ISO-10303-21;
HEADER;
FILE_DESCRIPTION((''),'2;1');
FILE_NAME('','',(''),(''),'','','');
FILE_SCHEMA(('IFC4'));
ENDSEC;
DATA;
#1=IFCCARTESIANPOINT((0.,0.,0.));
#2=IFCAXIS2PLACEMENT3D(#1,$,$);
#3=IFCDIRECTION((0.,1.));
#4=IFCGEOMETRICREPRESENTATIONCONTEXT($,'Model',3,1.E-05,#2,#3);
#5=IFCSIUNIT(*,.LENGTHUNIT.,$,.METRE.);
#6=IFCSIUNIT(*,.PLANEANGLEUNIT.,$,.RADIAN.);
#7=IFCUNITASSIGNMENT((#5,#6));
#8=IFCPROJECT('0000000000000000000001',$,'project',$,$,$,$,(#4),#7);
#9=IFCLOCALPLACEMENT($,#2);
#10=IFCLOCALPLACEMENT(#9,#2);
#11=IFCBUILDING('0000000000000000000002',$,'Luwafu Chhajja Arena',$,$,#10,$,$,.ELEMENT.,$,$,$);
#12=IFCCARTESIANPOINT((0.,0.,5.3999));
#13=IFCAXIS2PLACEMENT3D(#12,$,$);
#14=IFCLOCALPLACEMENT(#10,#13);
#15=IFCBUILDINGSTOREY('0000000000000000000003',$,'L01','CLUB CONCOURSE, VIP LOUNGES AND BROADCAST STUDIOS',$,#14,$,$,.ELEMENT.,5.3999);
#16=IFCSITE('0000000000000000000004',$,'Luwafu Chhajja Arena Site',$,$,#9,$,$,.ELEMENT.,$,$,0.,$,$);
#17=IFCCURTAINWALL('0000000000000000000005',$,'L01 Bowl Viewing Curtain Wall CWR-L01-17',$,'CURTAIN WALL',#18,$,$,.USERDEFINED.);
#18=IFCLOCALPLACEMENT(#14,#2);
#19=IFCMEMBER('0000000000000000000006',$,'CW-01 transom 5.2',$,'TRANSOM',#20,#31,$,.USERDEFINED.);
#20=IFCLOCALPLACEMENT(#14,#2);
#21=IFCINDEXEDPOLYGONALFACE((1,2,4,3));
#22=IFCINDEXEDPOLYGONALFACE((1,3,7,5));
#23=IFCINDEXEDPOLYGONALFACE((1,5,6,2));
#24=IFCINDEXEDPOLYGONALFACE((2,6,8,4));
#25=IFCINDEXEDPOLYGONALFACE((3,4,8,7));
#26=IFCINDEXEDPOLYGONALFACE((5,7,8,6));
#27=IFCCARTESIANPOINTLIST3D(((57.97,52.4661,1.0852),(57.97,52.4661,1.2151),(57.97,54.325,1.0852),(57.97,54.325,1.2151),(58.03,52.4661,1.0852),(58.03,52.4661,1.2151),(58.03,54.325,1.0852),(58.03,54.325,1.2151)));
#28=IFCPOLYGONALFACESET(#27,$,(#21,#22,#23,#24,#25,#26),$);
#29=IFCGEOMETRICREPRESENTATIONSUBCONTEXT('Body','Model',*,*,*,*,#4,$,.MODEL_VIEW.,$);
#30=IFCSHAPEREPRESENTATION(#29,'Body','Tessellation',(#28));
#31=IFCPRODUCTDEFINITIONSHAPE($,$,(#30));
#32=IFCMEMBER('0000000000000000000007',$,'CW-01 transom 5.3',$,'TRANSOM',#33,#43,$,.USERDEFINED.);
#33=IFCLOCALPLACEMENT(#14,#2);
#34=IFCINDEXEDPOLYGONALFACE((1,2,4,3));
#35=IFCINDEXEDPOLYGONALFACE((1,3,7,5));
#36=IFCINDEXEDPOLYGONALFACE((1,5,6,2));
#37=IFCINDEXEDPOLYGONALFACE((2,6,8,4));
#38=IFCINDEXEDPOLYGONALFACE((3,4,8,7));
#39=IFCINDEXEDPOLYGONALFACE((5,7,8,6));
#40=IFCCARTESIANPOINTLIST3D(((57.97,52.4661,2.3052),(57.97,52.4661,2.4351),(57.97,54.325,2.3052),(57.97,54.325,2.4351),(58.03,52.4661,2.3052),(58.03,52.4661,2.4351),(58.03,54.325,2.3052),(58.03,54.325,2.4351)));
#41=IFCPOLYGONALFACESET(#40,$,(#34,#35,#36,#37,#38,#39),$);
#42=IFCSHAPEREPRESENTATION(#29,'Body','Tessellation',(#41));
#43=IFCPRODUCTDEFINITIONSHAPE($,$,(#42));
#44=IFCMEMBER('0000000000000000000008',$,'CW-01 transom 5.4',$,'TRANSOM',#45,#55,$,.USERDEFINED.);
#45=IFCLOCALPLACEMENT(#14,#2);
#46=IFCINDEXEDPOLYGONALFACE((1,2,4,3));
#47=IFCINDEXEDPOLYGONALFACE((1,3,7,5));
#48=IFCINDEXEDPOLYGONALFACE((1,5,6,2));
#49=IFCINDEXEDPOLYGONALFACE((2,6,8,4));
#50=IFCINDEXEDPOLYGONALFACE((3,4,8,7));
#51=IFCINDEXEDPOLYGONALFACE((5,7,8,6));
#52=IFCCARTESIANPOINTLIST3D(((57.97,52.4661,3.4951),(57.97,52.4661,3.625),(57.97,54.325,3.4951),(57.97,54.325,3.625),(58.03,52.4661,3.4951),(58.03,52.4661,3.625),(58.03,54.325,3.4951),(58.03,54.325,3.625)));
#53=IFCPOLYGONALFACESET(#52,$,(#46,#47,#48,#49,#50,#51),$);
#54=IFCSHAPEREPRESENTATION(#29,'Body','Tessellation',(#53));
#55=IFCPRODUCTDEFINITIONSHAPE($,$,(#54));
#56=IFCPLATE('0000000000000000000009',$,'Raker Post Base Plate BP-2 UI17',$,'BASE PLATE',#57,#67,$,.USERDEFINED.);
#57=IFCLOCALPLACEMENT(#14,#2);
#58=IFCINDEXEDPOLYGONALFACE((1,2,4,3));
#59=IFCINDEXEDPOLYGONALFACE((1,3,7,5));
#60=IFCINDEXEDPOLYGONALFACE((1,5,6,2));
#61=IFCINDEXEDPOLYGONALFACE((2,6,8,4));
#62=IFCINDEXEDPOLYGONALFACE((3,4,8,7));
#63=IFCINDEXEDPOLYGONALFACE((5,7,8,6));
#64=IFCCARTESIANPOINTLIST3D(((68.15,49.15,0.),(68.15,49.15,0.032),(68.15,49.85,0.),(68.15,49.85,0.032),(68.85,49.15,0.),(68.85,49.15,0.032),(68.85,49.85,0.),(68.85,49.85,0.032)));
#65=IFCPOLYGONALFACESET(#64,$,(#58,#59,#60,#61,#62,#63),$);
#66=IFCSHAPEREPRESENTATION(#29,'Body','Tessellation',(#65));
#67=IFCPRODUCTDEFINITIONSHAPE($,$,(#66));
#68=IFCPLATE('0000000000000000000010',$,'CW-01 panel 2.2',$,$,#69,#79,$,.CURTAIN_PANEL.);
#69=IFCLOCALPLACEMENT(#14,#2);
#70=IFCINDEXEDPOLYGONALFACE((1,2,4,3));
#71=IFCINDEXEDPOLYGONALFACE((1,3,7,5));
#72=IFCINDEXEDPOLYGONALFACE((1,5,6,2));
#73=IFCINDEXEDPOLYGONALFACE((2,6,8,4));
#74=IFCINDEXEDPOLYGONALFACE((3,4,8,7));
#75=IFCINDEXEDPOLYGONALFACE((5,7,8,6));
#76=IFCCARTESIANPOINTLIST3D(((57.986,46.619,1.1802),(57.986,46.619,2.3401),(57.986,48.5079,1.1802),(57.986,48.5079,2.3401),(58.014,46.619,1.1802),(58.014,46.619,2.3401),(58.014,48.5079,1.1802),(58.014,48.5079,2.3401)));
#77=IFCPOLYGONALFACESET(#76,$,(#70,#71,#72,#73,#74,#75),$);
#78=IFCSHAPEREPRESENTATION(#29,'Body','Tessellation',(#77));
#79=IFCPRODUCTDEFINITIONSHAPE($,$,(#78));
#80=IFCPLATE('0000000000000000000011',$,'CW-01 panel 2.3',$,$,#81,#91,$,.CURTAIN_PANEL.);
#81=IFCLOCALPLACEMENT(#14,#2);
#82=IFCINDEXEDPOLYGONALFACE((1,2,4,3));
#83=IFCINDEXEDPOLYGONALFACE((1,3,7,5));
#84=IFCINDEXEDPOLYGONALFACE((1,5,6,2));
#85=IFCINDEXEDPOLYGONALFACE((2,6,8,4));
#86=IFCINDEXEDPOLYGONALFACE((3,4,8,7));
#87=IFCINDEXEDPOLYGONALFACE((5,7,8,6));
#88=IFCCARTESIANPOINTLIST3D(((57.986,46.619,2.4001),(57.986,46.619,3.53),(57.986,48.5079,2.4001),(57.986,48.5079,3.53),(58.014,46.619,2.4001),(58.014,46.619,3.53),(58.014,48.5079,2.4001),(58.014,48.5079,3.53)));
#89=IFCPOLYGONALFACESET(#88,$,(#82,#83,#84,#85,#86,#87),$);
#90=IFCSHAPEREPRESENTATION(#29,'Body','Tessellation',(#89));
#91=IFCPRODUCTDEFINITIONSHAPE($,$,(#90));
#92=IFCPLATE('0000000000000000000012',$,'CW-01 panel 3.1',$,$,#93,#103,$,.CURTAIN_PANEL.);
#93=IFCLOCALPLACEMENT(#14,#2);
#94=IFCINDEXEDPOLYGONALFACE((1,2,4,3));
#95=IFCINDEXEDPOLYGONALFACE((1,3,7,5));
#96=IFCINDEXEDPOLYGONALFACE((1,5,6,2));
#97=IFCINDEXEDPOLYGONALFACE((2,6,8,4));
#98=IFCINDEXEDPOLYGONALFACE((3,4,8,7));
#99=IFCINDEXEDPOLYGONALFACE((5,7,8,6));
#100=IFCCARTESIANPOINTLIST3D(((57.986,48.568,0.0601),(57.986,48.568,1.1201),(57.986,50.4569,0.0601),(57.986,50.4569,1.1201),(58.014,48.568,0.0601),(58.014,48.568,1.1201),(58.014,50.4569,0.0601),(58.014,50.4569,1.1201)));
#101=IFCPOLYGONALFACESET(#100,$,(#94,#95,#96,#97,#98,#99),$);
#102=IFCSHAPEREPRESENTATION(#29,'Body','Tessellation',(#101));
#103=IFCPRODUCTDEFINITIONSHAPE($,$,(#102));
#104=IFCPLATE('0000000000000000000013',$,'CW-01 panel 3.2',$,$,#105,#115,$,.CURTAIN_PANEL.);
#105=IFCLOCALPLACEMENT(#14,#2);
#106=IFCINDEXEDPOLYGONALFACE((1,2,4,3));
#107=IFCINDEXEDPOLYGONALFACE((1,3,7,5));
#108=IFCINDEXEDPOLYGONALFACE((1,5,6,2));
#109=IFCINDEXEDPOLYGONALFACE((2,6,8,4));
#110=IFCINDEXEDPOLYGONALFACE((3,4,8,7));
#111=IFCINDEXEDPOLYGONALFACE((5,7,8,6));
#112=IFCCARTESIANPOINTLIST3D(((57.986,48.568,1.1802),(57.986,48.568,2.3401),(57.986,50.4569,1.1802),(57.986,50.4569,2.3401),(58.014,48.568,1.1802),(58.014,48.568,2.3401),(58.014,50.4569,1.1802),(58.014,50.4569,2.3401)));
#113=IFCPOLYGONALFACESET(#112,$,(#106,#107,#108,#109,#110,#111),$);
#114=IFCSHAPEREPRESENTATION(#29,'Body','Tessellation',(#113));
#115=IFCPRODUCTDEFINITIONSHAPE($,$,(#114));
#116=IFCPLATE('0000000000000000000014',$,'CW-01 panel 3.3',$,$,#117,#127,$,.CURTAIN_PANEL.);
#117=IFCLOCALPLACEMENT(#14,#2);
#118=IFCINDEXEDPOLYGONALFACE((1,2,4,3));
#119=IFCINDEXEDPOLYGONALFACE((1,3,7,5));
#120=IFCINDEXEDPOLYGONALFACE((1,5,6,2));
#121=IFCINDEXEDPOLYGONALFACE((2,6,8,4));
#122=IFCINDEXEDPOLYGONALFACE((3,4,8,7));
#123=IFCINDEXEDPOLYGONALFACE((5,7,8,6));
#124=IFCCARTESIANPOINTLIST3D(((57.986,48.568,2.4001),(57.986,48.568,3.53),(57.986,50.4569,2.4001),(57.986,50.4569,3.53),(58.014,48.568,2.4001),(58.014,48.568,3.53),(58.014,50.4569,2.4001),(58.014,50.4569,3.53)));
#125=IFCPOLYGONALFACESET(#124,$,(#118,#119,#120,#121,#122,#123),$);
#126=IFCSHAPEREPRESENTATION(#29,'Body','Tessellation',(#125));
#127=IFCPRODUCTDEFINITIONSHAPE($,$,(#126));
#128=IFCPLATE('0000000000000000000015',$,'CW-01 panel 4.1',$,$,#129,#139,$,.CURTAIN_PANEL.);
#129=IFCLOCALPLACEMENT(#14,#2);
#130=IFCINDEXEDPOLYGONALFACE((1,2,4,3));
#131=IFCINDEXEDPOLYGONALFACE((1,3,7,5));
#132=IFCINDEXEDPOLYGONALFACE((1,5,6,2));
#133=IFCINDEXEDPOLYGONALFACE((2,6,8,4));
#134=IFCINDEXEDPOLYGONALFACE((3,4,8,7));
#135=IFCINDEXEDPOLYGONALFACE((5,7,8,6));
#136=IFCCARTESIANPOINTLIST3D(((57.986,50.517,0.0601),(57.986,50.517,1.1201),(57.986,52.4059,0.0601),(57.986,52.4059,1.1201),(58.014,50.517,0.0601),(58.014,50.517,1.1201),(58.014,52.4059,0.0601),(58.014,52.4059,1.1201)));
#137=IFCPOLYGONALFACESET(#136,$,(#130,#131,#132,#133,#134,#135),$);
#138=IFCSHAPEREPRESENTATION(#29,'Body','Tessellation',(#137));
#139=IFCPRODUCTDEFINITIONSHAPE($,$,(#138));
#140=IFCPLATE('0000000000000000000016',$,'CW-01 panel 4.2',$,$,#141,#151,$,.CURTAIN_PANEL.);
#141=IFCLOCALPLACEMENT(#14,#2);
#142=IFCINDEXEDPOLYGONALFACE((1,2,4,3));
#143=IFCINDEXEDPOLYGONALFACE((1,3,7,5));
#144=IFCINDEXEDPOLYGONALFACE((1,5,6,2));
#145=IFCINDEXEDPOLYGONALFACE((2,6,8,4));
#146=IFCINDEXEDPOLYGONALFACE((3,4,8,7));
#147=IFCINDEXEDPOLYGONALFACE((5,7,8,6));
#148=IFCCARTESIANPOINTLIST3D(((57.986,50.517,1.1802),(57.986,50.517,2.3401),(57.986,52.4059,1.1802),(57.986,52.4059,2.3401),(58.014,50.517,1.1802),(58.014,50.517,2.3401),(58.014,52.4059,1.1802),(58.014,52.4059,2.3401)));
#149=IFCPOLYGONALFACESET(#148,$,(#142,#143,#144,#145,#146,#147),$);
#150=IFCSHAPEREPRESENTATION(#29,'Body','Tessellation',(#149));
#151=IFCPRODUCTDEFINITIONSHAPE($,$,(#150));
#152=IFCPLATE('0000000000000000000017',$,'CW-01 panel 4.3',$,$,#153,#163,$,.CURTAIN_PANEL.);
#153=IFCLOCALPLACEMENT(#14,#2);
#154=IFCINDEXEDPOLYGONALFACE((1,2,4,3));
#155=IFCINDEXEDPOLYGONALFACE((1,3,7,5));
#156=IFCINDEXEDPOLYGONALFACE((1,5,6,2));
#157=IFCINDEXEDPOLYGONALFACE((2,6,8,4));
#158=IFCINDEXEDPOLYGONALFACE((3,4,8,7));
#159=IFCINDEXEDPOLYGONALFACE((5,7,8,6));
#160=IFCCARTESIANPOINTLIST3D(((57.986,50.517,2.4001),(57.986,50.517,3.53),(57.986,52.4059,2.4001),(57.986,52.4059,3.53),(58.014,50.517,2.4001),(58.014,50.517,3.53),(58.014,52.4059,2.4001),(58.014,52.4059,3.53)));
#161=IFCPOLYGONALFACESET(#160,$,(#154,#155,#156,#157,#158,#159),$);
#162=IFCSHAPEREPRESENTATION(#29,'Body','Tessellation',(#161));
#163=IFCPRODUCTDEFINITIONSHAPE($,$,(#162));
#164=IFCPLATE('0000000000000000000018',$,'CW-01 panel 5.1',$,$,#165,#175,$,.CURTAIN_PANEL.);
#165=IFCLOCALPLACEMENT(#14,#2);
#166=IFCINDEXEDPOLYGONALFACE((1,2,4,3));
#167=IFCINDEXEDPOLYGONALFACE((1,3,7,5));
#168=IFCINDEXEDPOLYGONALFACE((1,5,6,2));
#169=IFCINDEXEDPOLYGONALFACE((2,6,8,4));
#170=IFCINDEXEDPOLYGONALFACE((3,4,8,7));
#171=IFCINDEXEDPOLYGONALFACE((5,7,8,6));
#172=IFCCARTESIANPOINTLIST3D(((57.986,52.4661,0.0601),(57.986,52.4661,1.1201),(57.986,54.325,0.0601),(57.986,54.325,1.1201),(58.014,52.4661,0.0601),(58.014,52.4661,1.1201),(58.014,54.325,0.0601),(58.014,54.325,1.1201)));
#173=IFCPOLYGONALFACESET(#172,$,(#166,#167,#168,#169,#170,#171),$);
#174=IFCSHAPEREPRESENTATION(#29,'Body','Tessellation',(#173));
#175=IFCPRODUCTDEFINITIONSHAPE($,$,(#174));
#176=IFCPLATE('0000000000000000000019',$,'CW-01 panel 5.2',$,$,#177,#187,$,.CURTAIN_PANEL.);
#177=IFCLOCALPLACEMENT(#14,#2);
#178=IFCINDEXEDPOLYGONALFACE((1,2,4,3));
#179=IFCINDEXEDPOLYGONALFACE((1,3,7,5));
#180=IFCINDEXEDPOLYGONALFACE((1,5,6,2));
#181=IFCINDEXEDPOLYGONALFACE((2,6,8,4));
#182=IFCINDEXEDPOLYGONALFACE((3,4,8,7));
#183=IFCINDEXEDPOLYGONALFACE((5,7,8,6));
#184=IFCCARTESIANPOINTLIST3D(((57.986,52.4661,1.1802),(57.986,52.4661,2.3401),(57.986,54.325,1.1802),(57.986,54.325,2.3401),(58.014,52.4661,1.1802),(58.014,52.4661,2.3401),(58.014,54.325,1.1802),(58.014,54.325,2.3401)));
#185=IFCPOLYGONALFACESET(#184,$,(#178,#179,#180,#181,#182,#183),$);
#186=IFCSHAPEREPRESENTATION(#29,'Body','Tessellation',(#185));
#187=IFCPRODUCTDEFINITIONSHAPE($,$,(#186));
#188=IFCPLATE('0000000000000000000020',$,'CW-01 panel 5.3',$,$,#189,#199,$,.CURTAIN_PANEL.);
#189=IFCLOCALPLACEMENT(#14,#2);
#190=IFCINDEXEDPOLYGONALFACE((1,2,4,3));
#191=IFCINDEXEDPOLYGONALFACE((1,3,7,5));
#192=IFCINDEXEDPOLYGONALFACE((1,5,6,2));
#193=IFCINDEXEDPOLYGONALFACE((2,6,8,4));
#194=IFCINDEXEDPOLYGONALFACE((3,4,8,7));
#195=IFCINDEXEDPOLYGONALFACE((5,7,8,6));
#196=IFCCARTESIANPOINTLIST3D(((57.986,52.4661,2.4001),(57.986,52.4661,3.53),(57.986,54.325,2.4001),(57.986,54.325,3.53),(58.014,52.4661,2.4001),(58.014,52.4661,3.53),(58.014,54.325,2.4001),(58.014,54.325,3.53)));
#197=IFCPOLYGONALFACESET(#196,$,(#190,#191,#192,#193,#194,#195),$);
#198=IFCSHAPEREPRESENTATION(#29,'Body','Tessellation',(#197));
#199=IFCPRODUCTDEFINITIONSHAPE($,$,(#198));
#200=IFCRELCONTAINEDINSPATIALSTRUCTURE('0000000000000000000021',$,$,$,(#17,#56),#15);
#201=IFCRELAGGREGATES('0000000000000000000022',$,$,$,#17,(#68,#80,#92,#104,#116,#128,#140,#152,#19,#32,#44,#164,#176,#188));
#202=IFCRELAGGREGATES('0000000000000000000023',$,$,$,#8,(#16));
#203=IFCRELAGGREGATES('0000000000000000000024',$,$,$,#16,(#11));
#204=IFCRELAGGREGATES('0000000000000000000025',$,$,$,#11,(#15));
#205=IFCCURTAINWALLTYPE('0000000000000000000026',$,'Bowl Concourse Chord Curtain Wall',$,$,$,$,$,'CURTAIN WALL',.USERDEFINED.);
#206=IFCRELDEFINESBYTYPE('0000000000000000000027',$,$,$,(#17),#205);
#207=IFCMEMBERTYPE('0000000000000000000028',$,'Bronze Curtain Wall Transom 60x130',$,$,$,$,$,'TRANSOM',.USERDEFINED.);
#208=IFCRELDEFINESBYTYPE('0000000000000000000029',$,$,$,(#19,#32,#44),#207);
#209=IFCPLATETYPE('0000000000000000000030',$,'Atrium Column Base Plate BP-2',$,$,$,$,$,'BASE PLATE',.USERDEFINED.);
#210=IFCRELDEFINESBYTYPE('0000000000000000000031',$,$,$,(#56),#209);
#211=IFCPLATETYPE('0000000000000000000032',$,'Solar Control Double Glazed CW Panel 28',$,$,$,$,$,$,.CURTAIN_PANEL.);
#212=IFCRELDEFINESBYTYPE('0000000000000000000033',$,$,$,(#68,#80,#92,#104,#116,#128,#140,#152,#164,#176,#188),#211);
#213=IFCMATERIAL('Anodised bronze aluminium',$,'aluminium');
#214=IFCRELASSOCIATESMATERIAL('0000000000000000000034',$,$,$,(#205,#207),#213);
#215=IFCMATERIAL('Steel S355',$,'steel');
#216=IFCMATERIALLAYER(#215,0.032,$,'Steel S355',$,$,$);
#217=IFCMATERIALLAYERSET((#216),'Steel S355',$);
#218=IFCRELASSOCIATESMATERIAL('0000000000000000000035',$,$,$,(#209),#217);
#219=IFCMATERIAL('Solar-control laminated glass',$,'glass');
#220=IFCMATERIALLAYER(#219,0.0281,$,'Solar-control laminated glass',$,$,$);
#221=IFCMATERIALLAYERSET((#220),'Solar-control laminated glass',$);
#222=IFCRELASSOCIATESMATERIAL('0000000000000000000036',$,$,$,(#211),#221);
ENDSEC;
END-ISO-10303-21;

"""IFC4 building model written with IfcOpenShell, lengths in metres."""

from ifc_helpers import new_model, si_unit, direction, frame, origin, origin_2d, place, context, subcontext, project, spatial, rectangle, extrude, material, layer, layer_set, material_profile, profile_set, type_object, element, aggregate, save


model = new_model("IFC4")

# Units and contexts
model_context = context("Model", 3, precision=1e-05, world=origin(), true_north=direction((0.0, 1.0)))
body_context = subcontext(model_context, "Body", "Model", "MODEL_VIEW")
ifc_project = project(units=[si_unit("LENGTHUNIT", "METRE"), si_unit("PLANEANGLEUNIT", "RADIAN")], contexts=[model_context])

# Site, building, storey
site_placement = place(None, origin())
site = spatial("IfcSite", under=ifc_project, at=site_placement, Name="Luwafu Chhajja Arena Site", CompositionType="ELEMENT", RefElevation=0.0)
building_placement = place(site_placement, origin())
building = spatial("IfcBuilding", under=site, at=building_placement, Name="Luwafu Chhajja Arena", CompositionType="ELEMENT")
storey_placement = place(building_placement, frame((0.0, 0.0, 5.3999)))
storey = spatial("IfcBuildingStorey", under=building, at=storey_placement, Name="L01", Description="CLUB CONCOURSE, VIP LOUNGES AND BROADCAST STUDIOS", CompositionType="ELEMENT", Elevation=5.3999)

# Shared definitions
ifc_material_1 = material(Name="Steel S355", Category="steel")

# Curtain wall, members
ifc_material_2 = material(Name="Anodised bronze aluminium", Category="aluminium")
curtain_wall_type = type_object("IfcCurtainWallType", Name="Bowl Concourse Chord Curtain Wall", ElementType="CURTAIN WALL", PredefinedType="USERDEFINED", material=ifc_material_2)
curtain_wall_placement = place(storey_placement, origin())
curtain_wall = element("IfcCurtainWall", 1, at=curtain_wall_placement, inside=storey, type_object=curtain_wall_type, Name="L01 Bowl Viewing Curtain Wall CWR-L01-17", ObjectType="CURTAIN WALL", PredefinedType="USERDEFINED")
ifc_material_profile_1 = material_profile(ifc_material_2, rectangle(XDim=0.0601, YDim=0.1299, at=origin_2d()), Name="CWT 60x130")
ifc_profile_set_1 = profile_set([ifc_material_profile_1], Name="Anodised bronze aluminium")
member_type_1 = type_object("IfcMemberType", Name="Bronze Curtain Wall Transom 60x130", ElementType="TRANSOM", PredefinedType="USERDEFINED", material=ifc_profile_set_1)
member_1_placement = place(storey_placement, frame((58.0, 52.4661, 1.1501), z_axis=(0.0, 1.0, 0.0), x_axis=(-1.0, 0.0, 0.0)))
member_1 = element("IfcMember", 2, at=member_1_placement, type_object=member_type_1, Name="CW-01 transom 5.2", ObjectType="TRANSOM", PredefinedType="USERDEFINED", context=body_context, shape_type="SweptSolid", body=[
    extrude(rectangle(XDim=0.0601, YDim=0.1299, at=origin_2d()), origin(), (0.0, 0.0, 1.0), 1.8589),
])
member_2_placement = place(storey_placement, frame((58.0, 52.4661, 2.3701), z_axis=(0.0, 1.0, 0.0), x_axis=(-1.0, 0.0, 0.0)))
member_2 = element("IfcMember", 3, at=member_2_placement, type_object=member_type_1, Name="CW-01 transom 5.3", ObjectType="TRANSOM", PredefinedType="USERDEFINED", context=body_context, shape_type="SweptSolid", body=[
    extrude(rectangle(XDim=0.0601, YDim=0.1299, at=origin_2d()), origin(), (0.0, 0.0, 1.0), 1.8589),
])
member_3_placement = place(storey_placement, frame((58.0, 52.4661, 3.5601), z_axis=(0.0, 1.0, 0.0), x_axis=(-1.0, 0.0, 0.0)))
member_3 = element("IfcMember", 4, at=member_3_placement, type_object=member_type_1, Name="CW-01 transom 5.4", ObjectType="TRANSOM", PredefinedType="USERDEFINED", context=body_context, shape_type="SweptSolid", body=[
    extrude(rectangle(XDim=0.0601, YDim=0.1299, at=origin_2d()), origin(), (0.0, 0.0, 1.0), 1.8589),
])

# Plates
ifc_layer_1 = layer(ifc_material_1, 0.032, Name="Steel S355")
ifc_layer_set_1 = layer_set([ifc_layer_1], Name="Steel S355")
plate_type_1 = type_object("IfcPlateType", Name="Atrium Column Base Plate BP-2", ElementType="BASE PLATE", PredefinedType="USERDEFINED", material=ifc_layer_set_1)
plate_1_placement = place(storey_placement, frame((68.5, 49.5, 0.0), z_axis=(0.0, 0.0, 1.0), x_axis=(1.0, 0.0, 0.0)))
element("IfcPlate", 5, at=plate_1_placement, inside=storey, type_object=plate_type_1, Name="Raker Post Base Plate BP-2 UI17", ObjectType="BASE PLATE", PredefinedType="USERDEFINED", context=body_context, shape_type="SweptSolid", body=[
    extrude(rectangle(XDim=0.7, YDim=0.7, at=origin_2d()), origin(), (0.0, 0.0, 1.0), 0.032),
])
ifc_material_3 = material(Name="Solar-control laminated glass", Category="glass")
ifc_layer_2 = layer(ifc_material_3, 0.0281, Name="Solar-control laminated glass")
ifc_layer_set_2 = layer_set([ifc_layer_2], Name="Solar-control laminated glass")
plate_type_2 = type_object("IfcPlateType", Name="Solar Control Double Glazed CW Panel 28", PredefinedType="CURTAIN_PANEL", material=ifc_layer_set_2)
plate_2_placement = place(storey_placement, frame((58.0, 47.5635, 1.1802), z_axis=(0.0, 0.0, 1.0), x_axis=(0.0, 1.0, 0.0)))
plate_2 = element("IfcPlate", 6, at=plate_2_placement, type_object=plate_type_2, Name="CW-01 panel 2.2", PredefinedType="CURTAIN_PANEL", context=body_context, shape_type="SweptSolid", body=[
    extrude(rectangle(XDim=1.8889, YDim=0.0281, at=origin_2d()), origin(), (0.0, 0.0, 1.0), 1.1599),
])
plate_3_placement = place(storey_placement, frame((58.0, 47.5635, 2.4001), z_axis=(0.0, 0.0, 1.0), x_axis=(0.0, 1.0, 0.0)))
plate_3 = element("IfcPlate", 7, at=plate_3_placement, type_object=plate_type_2, Name="CW-01 panel 2.3", PredefinedType="CURTAIN_PANEL", context=body_context, shape_type="SweptSolid", body=[
    extrude(rectangle(XDim=1.8889, YDim=0.0281, at=origin_2d()), origin(), (0.0, 0.0, 1.0), 1.1299),
])
plate_4_placement = place(storey_placement, frame((58.0, 49.5125, 0.0601), z_axis=(0.0, 0.0, 1.0), x_axis=(0.0, 1.0, 0.0)))
plate_4 = element("IfcPlate", 8, at=plate_4_placement, type_object=plate_type_2, Name="CW-01 panel 3.1", PredefinedType="CURTAIN_PANEL", context=body_context, shape_type="SweptSolid", body=[
    extrude(rectangle(XDim=1.8889, YDim=0.0281, at=origin_2d()), origin(), (0.0, 0.0, 1.0), 1.0601),
])
plate_5_placement = place(storey_placement, frame((58.0, 49.5125, 1.1802), z_axis=(0.0, 0.0, 1.0), x_axis=(0.0, 1.0, 0.0)))
plate_5 = element("IfcPlate", 9, at=plate_5_placement, type_object=plate_type_2, Name="CW-01 panel 3.2", PredefinedType="CURTAIN_PANEL", context=body_context, shape_type="SweptSolid", body=[
    extrude(rectangle(XDim=1.8889, YDim=0.0281, at=origin_2d()), origin(), (0.0, 0.0, 1.0), 1.1599),
])
plate_6_placement = place(storey_placement, frame((58.0, 49.5125, 2.4001), z_axis=(0.0, 0.0, 1.0), x_axis=(0.0, 1.0, 0.0)))
plate_6 = element("IfcPlate", 10, at=plate_6_placement, type_object=plate_type_2, Name="CW-01 panel 3.3", PredefinedType="CURTAIN_PANEL", context=body_context, shape_type="SweptSolid", body=[
    extrude(rectangle(XDim=1.8889, YDim=0.0281, at=origin_2d()), origin(), (0.0, 0.0, 1.0), 1.1299),
])
plate_7_placement = place(storey_placement, frame((58.0, 51.4614, 0.0601), z_axis=(0.0, 0.0, 1.0), x_axis=(0.0, 1.0, 0.0)))
plate_7 = element("IfcPlate", 11, at=plate_7_placement, type_object=plate_type_2, Name="CW-01 panel 4.1", PredefinedType="CURTAIN_PANEL", context=body_context, shape_type="SweptSolid", body=[
    extrude(rectangle(XDim=1.8889, YDim=0.0281, at=origin_2d()), origin(), (0.0, 0.0, 1.0), 1.0601),
])
plate_8_placement = place(storey_placement, frame((58.0, 51.4614, 1.1802), z_axis=(0.0, 0.0, 1.0), x_axis=(0.0, 1.0, 0.0)))
plate_8 = element("IfcPlate", 12, at=plate_8_placement, type_object=plate_type_2, Name="CW-01 panel 4.2", PredefinedType="CURTAIN_PANEL", context=body_context, shape_type="SweptSolid", body=[
    extrude(rectangle(XDim=1.8889, YDim=0.0281, at=origin_2d()), origin(), (0.0, 0.0, 1.0), 1.1599),
])
plate_9_placement = place(storey_placement, frame((58.0, 51.4614, 2.4001), z_axis=(0.0, 0.0, 1.0), x_axis=(0.0, 1.0, 0.0)))
plate_9 = element("IfcPlate", 13, at=plate_9_placement, type_object=plate_type_2, Name="CW-01 panel 4.3", PredefinedType="CURTAIN_PANEL", context=body_context, shape_type="SweptSolid", body=[
    extrude(rectangle(XDim=1.8889, YDim=0.0281, at=origin_2d()), origin(), (0.0, 0.0, 1.0), 1.1299),
])
plate_10_placement = place(storey_placement, frame((58.0, 53.3955, 0.0601), z_axis=(0.0, 0.0, 1.0), x_axis=(0.0, 1.0, 0.0)))
plate_10 = element("IfcPlate", 14, at=plate_10_placement, type_object=plate_type_2, Name="CW-01 panel 5.1", PredefinedType="CURTAIN_PANEL", context=body_context, shape_type="SweptSolid", body=[
    extrude(rectangle(XDim=1.8589, YDim=0.0281, at=origin_2d()), origin(), (0.0, 0.0, 1.0), 1.0601),
])
plate_11_placement = place(storey_placement, frame((58.0, 53.3955, 1.1802), z_axis=(0.0, 0.0, 1.0), x_axis=(0.0, 1.0, 0.0)))
plate_11 = element("IfcPlate", 15, at=plate_11_placement, type_object=plate_type_2, Name="CW-01 panel 5.2", PredefinedType="CURTAIN_PANEL", context=body_context, shape_type="SweptSolid", body=[
    extrude(rectangle(XDim=1.8589, YDim=0.0281, at=origin_2d()), origin(), (0.0, 0.0, 1.0), 1.1599),
])
plate_12_placement = place(storey_placement, frame((58.0, 53.3955, 2.4001), z_axis=(0.0, 0.0, 1.0), x_axis=(0.0, 1.0, 0.0)))
plate_12 = element("IfcPlate", 16, at=plate_12_placement, type_object=plate_type_2, Name="CW-01 panel 5.3", PredefinedType="CURTAIN_PANEL", context=body_context, shape_type="SweptSolid", body=[
    extrude(rectangle(XDim=1.8589, YDim=0.0281, at=origin_2d()), origin(), (0.0, 0.0, 1.0), 1.1299),
])
aggregate(curtain_wall, [plate_2, plate_3, plate_4, plate_5, plate_6, plate_7, plate_8, plate_9, member_1, member_2, member_3, plate_10, plate_11, plate_12])

save(model, "model.ifc")
